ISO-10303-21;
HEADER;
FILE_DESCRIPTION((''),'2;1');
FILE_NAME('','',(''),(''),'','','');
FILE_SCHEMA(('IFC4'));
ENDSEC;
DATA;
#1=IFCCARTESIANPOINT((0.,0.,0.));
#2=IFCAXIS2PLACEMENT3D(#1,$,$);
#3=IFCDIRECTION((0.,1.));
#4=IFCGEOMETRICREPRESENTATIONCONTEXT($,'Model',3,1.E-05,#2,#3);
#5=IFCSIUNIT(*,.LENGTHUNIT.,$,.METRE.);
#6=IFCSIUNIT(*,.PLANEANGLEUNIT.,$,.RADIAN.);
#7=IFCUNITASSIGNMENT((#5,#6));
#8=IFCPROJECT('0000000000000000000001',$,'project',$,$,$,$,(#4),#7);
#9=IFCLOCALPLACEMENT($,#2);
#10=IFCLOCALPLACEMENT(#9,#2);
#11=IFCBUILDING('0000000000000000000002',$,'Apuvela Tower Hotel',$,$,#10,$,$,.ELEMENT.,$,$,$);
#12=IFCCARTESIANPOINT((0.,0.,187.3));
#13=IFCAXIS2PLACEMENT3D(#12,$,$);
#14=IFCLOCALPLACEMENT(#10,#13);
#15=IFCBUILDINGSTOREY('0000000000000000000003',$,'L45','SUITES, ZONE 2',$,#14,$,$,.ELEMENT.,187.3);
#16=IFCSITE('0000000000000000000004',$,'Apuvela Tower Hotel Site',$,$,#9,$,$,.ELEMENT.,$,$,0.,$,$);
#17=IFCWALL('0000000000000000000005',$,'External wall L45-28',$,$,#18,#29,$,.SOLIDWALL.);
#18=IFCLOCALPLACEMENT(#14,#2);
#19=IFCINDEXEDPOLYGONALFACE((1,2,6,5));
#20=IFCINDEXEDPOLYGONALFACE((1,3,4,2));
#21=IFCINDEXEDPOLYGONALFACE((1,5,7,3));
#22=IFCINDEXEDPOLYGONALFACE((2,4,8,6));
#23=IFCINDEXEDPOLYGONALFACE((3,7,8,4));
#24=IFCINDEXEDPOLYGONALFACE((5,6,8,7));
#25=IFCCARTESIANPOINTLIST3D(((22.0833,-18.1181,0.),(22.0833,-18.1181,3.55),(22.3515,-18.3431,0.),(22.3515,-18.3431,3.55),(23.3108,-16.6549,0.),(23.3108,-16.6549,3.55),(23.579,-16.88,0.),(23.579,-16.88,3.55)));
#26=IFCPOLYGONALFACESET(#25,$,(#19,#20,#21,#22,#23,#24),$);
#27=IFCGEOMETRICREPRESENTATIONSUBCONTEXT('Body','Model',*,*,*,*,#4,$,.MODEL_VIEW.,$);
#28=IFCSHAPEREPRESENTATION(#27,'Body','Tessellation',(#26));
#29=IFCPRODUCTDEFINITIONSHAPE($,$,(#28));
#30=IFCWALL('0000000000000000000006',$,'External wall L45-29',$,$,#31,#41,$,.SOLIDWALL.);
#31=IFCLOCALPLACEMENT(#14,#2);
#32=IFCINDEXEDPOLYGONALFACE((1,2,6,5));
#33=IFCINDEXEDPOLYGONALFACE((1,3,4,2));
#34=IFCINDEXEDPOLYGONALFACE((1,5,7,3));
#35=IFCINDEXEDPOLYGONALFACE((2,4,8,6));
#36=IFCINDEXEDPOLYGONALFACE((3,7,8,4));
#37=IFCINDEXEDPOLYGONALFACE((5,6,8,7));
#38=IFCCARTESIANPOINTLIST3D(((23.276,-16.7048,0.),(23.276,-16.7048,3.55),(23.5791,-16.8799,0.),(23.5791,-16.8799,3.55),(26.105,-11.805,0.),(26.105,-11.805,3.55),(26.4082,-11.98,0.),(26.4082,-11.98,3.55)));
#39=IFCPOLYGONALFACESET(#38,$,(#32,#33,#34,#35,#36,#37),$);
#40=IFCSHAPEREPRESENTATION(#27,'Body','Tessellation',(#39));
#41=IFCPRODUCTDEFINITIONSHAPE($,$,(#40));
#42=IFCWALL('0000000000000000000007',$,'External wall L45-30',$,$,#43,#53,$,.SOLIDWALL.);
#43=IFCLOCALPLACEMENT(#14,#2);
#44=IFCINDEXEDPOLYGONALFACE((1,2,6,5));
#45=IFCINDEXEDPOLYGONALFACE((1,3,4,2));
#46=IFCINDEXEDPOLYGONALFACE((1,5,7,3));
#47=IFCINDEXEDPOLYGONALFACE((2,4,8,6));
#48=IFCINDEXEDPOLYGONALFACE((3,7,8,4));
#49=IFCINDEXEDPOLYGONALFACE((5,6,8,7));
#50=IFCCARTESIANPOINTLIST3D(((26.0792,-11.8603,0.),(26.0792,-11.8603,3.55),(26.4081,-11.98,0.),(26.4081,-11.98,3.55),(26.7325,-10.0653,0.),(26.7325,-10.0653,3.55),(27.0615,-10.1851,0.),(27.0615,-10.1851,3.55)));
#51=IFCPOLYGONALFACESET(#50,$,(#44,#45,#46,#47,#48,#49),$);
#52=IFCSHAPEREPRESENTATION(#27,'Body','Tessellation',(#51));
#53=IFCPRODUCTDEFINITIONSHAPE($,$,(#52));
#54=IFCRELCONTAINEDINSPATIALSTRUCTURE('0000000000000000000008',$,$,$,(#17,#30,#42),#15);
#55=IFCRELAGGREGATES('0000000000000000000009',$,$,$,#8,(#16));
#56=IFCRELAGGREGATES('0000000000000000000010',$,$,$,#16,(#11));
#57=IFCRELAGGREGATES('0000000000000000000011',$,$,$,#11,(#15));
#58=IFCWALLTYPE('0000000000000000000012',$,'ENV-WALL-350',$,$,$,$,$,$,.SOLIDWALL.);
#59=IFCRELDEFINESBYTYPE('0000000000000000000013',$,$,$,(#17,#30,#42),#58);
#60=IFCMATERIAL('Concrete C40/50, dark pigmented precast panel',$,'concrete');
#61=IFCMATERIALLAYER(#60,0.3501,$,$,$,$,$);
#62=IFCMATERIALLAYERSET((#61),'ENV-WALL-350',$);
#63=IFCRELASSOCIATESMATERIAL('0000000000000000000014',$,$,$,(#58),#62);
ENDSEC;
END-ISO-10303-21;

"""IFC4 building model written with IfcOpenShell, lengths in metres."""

from ifc_helpers import new_model, si_unit, direction, frame, frame_2d, origin, place, context, subcontext, project, spatial, rectangle, extrude, material, layer, layer_set, type_object, element, save


model = new_model("IFC4")

# Units and contexts
model_context = context("Model", 3, precision=1e-05, world=origin(), true_north=direction((0.0, 1.0)))
body_context = subcontext(model_context, "Body", "Model", "MODEL_VIEW")
ifc_project = project(units=[si_unit("LENGTHUNIT", "METRE"), si_unit("PLANEANGLEUNIT", "RADIAN")], contexts=[model_context])

# Site, building, storey
site_placement = place(None, origin())
site = spatial("IfcSite", under=ifc_project, at=site_placement, Name="Apuvela Tower Hotel Site", CompositionType="ELEMENT", RefElevation=0.0)
building_placement = place(site_placement, origin())
building = spatial("IfcBuilding", under=site, at=building_placement, Name="Apuvela Tower Hotel", CompositionType="ELEMENT")
storey_placement = place(building_placement, frame((0.0, 0.0, 187.3)))
storey = spatial("IfcBuildingStorey", under=building, at=storey_placement, Name="L45", Description="SUITES, ZONE 2", CompositionType="ELEMENT", Elevation=187.3)

# Shared definitions
ifc_material_1 = material(Name="Concrete C40/50, dark pigmented precast panel", Category="concrete")
ifc_layer_1 = layer(ifc_material_1, 0.3501)
ifc_layer_set_1 = layer_set([ifc_layer_1], Name="ENV-WALL-350")
wall_type_1 = type_object("IfcWallType", Name="ENV-WALL-350", PredefinedType="SOLIDWALL", material=ifc_layer_set_1)

# Walls
for number, where, z_axis, x_axis, name in (
    (1, (22.2173, -18.2307, 0.0), (0.0, 0.0, 1.0), (0.642733, 0.76609, 0.0), "External wall L45-28"),
):
    element("IfcWall", number, at=place(storey_placement, frame(where, z_axis=z_axis, x_axis=x_axis)), inside=storey, type_object=wall_type_1, Name=name, PredefinedType="SOLIDWALL", context=body_context, shape_type="SweptSolid", body=[
        extrude(rectangle(XDim=1.9099, YDim=0.3501, at=frame_2d((0.9551, 0.0))), origin(), (0.0, 0.0, 1.0), 3.55),
    ])
wall_1_placement = place(storey_placement, frame((23.4275, -16.7925, 0.0), z_axis=(0.0, 0.0, 1.0), x_axis=(0.500019, 0.866015, 0.0)))
element("IfcWall", 2, at=wall_1_placement, inside=storey, type_object=wall_type_1, Name="External wall L45-29", PredefinedType="SOLIDWALL", context=body_context, shape_type="SweptSolid", body=[
    extrude(rectangle(XDim=5.658, YDim=0.3501, at=frame_2d((2.8291, 0.0))), origin(), (0.0, 0.0, 1.0), 3.55),
])
wall_2_placement = place(storey_placement, frame((26.2437, -11.9202, 0.0), z_axis=(0.0, 0.0, 1.0), x_axis=(0.34203, 0.939689, 0.0)))
element("IfcWall", 3, at=wall_2_placement, inside=storey, type_object=wall_type_1, Name="External wall L45-30", PredefinedType="SOLIDWALL", context=body_context, shape_type="SweptSolid", body=[
    extrude(rectangle(XDim=1.9102, YDim=0.3501, at=frame_2d((0.9551, 0.0))), origin(), (0.0, 0.0, 1.0), 3.55),
])

save(model, "model.ifc")
